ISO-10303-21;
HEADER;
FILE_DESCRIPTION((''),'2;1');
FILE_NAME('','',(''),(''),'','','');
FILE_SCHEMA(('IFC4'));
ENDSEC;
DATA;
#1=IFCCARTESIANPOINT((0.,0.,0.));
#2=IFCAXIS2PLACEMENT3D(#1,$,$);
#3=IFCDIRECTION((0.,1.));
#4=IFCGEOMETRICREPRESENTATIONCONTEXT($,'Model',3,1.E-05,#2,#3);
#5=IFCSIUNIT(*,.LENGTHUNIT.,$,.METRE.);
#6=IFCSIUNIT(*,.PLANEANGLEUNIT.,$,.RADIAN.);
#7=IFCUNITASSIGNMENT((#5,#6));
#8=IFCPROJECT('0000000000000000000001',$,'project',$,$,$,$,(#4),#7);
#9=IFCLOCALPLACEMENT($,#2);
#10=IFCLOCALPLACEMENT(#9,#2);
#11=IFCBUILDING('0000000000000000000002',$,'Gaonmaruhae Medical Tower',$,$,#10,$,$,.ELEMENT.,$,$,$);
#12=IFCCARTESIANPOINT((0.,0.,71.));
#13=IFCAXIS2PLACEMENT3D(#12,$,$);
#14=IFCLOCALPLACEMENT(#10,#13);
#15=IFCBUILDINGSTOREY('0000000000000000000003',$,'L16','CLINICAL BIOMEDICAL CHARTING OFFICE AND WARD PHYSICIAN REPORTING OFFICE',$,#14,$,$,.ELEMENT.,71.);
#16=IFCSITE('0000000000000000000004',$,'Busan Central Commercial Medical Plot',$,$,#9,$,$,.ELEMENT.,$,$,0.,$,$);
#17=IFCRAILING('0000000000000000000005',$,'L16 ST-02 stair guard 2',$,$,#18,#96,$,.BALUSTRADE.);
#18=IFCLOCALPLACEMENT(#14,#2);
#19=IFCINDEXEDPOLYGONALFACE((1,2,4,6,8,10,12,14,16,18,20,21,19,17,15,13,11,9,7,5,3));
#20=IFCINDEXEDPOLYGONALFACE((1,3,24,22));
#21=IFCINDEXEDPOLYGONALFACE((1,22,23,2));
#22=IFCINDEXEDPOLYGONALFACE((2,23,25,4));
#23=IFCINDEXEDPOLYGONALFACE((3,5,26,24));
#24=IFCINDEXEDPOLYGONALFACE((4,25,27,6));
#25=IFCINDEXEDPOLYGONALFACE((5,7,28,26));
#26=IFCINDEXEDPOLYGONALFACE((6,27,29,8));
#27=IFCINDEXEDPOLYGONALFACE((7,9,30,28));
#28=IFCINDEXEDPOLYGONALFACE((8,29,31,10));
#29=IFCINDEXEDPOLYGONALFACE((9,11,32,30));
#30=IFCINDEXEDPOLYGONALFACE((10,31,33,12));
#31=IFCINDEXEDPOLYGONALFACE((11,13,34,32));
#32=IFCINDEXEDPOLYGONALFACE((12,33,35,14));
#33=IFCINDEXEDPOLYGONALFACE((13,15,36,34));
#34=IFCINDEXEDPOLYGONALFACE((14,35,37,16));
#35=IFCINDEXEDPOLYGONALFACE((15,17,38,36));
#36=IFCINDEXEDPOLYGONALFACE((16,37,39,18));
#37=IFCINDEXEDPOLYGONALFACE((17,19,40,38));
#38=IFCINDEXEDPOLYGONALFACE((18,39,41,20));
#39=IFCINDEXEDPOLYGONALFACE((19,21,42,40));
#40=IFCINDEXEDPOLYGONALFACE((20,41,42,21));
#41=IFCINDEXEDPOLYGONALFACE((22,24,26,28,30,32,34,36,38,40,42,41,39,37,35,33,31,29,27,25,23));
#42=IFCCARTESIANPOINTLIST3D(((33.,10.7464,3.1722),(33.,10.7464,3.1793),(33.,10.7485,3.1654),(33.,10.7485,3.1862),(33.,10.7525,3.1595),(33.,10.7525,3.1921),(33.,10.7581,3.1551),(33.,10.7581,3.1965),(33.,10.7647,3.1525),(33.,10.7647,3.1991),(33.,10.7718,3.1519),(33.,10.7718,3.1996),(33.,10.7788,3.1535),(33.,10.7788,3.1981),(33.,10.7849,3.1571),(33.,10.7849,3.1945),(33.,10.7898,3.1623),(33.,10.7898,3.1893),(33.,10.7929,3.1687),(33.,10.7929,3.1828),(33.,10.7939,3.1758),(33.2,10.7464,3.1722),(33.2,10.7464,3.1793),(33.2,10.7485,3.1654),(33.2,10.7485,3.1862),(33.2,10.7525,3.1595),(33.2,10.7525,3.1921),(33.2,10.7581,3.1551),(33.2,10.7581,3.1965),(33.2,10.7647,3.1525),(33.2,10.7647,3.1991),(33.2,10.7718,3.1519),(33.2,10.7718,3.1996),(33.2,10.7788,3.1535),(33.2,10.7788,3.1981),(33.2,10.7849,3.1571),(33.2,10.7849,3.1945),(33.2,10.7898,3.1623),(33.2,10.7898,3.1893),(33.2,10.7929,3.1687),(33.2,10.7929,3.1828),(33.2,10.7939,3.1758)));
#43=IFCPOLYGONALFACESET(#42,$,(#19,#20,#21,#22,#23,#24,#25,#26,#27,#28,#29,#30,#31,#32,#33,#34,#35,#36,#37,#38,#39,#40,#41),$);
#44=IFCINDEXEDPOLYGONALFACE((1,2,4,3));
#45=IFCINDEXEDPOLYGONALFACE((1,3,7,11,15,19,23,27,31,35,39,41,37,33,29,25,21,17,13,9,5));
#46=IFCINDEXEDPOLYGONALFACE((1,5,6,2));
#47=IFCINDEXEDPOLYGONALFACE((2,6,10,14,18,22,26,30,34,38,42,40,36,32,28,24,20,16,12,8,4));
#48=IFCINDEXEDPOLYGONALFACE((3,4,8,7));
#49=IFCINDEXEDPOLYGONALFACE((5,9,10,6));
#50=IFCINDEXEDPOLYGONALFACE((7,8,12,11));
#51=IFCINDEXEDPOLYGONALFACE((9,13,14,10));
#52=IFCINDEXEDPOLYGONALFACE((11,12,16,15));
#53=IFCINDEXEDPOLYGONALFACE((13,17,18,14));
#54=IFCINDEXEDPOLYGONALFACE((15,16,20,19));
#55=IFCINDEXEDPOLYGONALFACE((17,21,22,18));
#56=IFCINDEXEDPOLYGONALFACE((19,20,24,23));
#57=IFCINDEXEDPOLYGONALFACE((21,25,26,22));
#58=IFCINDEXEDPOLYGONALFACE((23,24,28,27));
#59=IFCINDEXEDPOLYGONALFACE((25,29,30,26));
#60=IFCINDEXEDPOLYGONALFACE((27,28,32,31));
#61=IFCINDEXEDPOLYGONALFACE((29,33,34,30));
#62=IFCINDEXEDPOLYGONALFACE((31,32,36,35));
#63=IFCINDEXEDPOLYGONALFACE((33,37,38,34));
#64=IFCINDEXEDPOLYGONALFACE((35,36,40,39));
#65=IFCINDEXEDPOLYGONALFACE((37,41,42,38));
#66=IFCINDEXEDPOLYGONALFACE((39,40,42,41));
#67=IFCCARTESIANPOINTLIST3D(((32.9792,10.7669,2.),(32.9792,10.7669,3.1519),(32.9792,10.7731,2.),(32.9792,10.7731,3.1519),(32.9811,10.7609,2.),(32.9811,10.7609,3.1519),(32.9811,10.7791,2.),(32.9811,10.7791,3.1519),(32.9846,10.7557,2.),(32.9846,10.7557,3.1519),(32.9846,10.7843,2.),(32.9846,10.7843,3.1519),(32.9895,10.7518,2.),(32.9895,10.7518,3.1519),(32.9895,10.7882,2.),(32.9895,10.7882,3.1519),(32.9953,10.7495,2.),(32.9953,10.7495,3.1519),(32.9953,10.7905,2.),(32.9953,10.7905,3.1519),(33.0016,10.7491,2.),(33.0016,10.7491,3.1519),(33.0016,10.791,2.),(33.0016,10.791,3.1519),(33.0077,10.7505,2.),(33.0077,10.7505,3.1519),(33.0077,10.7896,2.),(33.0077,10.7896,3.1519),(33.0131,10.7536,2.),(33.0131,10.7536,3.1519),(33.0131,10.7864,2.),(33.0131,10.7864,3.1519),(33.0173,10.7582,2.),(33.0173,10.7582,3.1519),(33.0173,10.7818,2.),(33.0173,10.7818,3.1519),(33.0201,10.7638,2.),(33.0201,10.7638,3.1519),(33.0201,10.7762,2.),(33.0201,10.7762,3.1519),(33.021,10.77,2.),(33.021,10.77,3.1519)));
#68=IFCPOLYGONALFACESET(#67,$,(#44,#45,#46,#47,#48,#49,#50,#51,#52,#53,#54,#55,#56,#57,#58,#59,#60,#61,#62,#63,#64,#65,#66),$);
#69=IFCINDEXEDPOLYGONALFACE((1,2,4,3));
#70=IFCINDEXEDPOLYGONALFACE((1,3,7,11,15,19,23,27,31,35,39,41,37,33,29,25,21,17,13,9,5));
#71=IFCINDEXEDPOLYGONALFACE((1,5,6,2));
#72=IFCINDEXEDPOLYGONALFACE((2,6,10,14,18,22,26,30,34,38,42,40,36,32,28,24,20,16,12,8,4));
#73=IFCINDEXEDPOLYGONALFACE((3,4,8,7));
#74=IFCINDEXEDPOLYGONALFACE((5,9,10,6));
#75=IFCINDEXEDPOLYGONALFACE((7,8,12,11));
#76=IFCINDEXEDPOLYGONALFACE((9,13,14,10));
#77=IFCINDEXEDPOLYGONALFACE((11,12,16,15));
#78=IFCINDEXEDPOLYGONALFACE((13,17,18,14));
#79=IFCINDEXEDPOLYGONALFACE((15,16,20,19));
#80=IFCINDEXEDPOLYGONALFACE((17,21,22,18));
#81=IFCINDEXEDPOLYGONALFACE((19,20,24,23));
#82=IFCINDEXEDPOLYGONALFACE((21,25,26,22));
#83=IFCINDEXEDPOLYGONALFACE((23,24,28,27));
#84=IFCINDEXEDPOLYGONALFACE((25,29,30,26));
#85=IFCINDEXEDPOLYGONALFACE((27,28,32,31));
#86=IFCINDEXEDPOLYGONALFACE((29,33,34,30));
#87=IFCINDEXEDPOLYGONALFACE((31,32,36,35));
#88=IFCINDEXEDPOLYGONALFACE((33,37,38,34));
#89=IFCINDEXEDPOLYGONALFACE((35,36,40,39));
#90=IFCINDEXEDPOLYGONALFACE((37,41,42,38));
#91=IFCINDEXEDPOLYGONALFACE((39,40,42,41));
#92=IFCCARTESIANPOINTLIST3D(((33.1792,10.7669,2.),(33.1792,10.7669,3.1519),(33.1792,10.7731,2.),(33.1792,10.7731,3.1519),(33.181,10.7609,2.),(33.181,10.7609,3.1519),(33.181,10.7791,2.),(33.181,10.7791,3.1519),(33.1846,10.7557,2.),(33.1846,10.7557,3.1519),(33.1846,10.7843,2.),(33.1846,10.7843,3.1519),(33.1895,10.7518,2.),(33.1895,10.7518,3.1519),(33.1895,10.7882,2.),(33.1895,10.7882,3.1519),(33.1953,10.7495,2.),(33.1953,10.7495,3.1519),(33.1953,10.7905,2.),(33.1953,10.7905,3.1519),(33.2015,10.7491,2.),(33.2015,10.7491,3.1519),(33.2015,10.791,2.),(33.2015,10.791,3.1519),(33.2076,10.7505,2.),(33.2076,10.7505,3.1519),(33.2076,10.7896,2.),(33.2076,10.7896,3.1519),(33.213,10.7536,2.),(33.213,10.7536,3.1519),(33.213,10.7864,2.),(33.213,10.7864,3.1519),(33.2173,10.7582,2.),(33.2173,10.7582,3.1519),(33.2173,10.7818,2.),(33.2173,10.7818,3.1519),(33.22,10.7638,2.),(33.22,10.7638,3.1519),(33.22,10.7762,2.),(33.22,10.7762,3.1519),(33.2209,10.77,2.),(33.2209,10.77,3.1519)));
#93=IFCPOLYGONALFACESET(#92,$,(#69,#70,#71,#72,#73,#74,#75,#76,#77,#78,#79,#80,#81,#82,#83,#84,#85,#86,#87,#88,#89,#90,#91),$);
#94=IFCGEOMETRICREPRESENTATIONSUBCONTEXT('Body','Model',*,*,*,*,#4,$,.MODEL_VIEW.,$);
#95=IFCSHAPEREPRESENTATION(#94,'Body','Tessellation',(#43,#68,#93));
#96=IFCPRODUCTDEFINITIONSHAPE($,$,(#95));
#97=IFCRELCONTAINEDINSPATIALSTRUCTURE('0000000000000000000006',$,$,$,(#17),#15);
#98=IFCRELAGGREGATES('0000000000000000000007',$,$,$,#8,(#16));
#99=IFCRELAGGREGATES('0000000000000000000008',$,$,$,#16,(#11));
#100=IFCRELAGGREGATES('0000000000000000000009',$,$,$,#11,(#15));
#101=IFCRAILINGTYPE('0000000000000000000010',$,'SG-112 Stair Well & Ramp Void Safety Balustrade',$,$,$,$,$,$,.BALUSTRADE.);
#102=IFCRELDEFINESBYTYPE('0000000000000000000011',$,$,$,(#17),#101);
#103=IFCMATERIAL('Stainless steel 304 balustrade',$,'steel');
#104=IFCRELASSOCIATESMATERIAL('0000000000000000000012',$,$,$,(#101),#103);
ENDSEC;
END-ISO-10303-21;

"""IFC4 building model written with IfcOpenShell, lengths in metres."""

from ifc_helpers import new_model, si_unit, direction, frame, origin, origin_2d, place, context, subcontext, project, spatial, circle, extrude, material, type_object, element, save


model = new_model("IFC4")

# Units and contexts
model_context = context("Model", 3, precision=1e-05, world=origin(), true_north=direction((0.0, 1.0)))
body_context = subcontext(model_context, "Body", "Model", "MODEL_VIEW")
ifc_project = project(units=[si_unit("LENGTHUNIT", "METRE"), si_unit("PLANEANGLEUNIT", "RADIAN")], contexts=[model_context])

# Site, building, storey
site_placement = place(None, origin())
site = spatial("IfcSite", under=ifc_project, at=site_placement, Name="Busan Central Commercial Medical Plot", CompositionType="ELEMENT", RefElevation=0.0)
building_placement = place(site_placement, origin())
building = spatial("IfcBuilding", under=site, at=building_placement, Name="Gaonmaruhae Medical Tower", CompositionType="ELEMENT")
storey_placement = place(building_placement, frame((0.0, 0.0, 71.0)))
storey = spatial("IfcBuildingStorey", under=building, at=storey_placement, Name="L16", Description="CLINICAL BIOMEDICAL CHARTING OFFICE AND WARD PHYSICIAN REPORTING OFFICE", CompositionType="ELEMENT", Elevation=71.0)

# Railing
ifc_material_1 = material(Name="Stainless steel 304 balustrade", Category="steel")
railing_type_1 = type_object("IfcRailingType", Name="SG-112 Stair Well & Ramp Void Safety Balustrade", PredefinedType="BALUSTRADE", material=ifc_material_1)
railing_1_placement = place(storey_placement, frame((33.0, 10.77, 2.0)))
element("IfcRailing", 1, at=railing_1_placement, inside=storey, type_object=railing_type_1, Name="L16 ST-02 stair guard 2", PredefinedType="BALUSTRADE", context=body_context, shape_type="SweptSolid", body=[
    extrude(circle(Radius=0.0239, at=origin_2d()), frame((0.0, 0.0, 1.1758), z_axis=(1.0, 0.0, 0.0), x_axis=(0.0, 1.0, 0.0)), (0.0, 0.0, 1.0), 0.2),
    extrude(circle(Radius=0.021, at=origin_2d()), origin(), (0.0, 0.0, 1.0), 1.1519),
    extrude(circle(Radius=0.021, at=origin_2d()), frame((0.2, 0.0, 0.0)), (0.0, 0.0, 1.0), 1.1519),
])

save(model, "model.ifc")
